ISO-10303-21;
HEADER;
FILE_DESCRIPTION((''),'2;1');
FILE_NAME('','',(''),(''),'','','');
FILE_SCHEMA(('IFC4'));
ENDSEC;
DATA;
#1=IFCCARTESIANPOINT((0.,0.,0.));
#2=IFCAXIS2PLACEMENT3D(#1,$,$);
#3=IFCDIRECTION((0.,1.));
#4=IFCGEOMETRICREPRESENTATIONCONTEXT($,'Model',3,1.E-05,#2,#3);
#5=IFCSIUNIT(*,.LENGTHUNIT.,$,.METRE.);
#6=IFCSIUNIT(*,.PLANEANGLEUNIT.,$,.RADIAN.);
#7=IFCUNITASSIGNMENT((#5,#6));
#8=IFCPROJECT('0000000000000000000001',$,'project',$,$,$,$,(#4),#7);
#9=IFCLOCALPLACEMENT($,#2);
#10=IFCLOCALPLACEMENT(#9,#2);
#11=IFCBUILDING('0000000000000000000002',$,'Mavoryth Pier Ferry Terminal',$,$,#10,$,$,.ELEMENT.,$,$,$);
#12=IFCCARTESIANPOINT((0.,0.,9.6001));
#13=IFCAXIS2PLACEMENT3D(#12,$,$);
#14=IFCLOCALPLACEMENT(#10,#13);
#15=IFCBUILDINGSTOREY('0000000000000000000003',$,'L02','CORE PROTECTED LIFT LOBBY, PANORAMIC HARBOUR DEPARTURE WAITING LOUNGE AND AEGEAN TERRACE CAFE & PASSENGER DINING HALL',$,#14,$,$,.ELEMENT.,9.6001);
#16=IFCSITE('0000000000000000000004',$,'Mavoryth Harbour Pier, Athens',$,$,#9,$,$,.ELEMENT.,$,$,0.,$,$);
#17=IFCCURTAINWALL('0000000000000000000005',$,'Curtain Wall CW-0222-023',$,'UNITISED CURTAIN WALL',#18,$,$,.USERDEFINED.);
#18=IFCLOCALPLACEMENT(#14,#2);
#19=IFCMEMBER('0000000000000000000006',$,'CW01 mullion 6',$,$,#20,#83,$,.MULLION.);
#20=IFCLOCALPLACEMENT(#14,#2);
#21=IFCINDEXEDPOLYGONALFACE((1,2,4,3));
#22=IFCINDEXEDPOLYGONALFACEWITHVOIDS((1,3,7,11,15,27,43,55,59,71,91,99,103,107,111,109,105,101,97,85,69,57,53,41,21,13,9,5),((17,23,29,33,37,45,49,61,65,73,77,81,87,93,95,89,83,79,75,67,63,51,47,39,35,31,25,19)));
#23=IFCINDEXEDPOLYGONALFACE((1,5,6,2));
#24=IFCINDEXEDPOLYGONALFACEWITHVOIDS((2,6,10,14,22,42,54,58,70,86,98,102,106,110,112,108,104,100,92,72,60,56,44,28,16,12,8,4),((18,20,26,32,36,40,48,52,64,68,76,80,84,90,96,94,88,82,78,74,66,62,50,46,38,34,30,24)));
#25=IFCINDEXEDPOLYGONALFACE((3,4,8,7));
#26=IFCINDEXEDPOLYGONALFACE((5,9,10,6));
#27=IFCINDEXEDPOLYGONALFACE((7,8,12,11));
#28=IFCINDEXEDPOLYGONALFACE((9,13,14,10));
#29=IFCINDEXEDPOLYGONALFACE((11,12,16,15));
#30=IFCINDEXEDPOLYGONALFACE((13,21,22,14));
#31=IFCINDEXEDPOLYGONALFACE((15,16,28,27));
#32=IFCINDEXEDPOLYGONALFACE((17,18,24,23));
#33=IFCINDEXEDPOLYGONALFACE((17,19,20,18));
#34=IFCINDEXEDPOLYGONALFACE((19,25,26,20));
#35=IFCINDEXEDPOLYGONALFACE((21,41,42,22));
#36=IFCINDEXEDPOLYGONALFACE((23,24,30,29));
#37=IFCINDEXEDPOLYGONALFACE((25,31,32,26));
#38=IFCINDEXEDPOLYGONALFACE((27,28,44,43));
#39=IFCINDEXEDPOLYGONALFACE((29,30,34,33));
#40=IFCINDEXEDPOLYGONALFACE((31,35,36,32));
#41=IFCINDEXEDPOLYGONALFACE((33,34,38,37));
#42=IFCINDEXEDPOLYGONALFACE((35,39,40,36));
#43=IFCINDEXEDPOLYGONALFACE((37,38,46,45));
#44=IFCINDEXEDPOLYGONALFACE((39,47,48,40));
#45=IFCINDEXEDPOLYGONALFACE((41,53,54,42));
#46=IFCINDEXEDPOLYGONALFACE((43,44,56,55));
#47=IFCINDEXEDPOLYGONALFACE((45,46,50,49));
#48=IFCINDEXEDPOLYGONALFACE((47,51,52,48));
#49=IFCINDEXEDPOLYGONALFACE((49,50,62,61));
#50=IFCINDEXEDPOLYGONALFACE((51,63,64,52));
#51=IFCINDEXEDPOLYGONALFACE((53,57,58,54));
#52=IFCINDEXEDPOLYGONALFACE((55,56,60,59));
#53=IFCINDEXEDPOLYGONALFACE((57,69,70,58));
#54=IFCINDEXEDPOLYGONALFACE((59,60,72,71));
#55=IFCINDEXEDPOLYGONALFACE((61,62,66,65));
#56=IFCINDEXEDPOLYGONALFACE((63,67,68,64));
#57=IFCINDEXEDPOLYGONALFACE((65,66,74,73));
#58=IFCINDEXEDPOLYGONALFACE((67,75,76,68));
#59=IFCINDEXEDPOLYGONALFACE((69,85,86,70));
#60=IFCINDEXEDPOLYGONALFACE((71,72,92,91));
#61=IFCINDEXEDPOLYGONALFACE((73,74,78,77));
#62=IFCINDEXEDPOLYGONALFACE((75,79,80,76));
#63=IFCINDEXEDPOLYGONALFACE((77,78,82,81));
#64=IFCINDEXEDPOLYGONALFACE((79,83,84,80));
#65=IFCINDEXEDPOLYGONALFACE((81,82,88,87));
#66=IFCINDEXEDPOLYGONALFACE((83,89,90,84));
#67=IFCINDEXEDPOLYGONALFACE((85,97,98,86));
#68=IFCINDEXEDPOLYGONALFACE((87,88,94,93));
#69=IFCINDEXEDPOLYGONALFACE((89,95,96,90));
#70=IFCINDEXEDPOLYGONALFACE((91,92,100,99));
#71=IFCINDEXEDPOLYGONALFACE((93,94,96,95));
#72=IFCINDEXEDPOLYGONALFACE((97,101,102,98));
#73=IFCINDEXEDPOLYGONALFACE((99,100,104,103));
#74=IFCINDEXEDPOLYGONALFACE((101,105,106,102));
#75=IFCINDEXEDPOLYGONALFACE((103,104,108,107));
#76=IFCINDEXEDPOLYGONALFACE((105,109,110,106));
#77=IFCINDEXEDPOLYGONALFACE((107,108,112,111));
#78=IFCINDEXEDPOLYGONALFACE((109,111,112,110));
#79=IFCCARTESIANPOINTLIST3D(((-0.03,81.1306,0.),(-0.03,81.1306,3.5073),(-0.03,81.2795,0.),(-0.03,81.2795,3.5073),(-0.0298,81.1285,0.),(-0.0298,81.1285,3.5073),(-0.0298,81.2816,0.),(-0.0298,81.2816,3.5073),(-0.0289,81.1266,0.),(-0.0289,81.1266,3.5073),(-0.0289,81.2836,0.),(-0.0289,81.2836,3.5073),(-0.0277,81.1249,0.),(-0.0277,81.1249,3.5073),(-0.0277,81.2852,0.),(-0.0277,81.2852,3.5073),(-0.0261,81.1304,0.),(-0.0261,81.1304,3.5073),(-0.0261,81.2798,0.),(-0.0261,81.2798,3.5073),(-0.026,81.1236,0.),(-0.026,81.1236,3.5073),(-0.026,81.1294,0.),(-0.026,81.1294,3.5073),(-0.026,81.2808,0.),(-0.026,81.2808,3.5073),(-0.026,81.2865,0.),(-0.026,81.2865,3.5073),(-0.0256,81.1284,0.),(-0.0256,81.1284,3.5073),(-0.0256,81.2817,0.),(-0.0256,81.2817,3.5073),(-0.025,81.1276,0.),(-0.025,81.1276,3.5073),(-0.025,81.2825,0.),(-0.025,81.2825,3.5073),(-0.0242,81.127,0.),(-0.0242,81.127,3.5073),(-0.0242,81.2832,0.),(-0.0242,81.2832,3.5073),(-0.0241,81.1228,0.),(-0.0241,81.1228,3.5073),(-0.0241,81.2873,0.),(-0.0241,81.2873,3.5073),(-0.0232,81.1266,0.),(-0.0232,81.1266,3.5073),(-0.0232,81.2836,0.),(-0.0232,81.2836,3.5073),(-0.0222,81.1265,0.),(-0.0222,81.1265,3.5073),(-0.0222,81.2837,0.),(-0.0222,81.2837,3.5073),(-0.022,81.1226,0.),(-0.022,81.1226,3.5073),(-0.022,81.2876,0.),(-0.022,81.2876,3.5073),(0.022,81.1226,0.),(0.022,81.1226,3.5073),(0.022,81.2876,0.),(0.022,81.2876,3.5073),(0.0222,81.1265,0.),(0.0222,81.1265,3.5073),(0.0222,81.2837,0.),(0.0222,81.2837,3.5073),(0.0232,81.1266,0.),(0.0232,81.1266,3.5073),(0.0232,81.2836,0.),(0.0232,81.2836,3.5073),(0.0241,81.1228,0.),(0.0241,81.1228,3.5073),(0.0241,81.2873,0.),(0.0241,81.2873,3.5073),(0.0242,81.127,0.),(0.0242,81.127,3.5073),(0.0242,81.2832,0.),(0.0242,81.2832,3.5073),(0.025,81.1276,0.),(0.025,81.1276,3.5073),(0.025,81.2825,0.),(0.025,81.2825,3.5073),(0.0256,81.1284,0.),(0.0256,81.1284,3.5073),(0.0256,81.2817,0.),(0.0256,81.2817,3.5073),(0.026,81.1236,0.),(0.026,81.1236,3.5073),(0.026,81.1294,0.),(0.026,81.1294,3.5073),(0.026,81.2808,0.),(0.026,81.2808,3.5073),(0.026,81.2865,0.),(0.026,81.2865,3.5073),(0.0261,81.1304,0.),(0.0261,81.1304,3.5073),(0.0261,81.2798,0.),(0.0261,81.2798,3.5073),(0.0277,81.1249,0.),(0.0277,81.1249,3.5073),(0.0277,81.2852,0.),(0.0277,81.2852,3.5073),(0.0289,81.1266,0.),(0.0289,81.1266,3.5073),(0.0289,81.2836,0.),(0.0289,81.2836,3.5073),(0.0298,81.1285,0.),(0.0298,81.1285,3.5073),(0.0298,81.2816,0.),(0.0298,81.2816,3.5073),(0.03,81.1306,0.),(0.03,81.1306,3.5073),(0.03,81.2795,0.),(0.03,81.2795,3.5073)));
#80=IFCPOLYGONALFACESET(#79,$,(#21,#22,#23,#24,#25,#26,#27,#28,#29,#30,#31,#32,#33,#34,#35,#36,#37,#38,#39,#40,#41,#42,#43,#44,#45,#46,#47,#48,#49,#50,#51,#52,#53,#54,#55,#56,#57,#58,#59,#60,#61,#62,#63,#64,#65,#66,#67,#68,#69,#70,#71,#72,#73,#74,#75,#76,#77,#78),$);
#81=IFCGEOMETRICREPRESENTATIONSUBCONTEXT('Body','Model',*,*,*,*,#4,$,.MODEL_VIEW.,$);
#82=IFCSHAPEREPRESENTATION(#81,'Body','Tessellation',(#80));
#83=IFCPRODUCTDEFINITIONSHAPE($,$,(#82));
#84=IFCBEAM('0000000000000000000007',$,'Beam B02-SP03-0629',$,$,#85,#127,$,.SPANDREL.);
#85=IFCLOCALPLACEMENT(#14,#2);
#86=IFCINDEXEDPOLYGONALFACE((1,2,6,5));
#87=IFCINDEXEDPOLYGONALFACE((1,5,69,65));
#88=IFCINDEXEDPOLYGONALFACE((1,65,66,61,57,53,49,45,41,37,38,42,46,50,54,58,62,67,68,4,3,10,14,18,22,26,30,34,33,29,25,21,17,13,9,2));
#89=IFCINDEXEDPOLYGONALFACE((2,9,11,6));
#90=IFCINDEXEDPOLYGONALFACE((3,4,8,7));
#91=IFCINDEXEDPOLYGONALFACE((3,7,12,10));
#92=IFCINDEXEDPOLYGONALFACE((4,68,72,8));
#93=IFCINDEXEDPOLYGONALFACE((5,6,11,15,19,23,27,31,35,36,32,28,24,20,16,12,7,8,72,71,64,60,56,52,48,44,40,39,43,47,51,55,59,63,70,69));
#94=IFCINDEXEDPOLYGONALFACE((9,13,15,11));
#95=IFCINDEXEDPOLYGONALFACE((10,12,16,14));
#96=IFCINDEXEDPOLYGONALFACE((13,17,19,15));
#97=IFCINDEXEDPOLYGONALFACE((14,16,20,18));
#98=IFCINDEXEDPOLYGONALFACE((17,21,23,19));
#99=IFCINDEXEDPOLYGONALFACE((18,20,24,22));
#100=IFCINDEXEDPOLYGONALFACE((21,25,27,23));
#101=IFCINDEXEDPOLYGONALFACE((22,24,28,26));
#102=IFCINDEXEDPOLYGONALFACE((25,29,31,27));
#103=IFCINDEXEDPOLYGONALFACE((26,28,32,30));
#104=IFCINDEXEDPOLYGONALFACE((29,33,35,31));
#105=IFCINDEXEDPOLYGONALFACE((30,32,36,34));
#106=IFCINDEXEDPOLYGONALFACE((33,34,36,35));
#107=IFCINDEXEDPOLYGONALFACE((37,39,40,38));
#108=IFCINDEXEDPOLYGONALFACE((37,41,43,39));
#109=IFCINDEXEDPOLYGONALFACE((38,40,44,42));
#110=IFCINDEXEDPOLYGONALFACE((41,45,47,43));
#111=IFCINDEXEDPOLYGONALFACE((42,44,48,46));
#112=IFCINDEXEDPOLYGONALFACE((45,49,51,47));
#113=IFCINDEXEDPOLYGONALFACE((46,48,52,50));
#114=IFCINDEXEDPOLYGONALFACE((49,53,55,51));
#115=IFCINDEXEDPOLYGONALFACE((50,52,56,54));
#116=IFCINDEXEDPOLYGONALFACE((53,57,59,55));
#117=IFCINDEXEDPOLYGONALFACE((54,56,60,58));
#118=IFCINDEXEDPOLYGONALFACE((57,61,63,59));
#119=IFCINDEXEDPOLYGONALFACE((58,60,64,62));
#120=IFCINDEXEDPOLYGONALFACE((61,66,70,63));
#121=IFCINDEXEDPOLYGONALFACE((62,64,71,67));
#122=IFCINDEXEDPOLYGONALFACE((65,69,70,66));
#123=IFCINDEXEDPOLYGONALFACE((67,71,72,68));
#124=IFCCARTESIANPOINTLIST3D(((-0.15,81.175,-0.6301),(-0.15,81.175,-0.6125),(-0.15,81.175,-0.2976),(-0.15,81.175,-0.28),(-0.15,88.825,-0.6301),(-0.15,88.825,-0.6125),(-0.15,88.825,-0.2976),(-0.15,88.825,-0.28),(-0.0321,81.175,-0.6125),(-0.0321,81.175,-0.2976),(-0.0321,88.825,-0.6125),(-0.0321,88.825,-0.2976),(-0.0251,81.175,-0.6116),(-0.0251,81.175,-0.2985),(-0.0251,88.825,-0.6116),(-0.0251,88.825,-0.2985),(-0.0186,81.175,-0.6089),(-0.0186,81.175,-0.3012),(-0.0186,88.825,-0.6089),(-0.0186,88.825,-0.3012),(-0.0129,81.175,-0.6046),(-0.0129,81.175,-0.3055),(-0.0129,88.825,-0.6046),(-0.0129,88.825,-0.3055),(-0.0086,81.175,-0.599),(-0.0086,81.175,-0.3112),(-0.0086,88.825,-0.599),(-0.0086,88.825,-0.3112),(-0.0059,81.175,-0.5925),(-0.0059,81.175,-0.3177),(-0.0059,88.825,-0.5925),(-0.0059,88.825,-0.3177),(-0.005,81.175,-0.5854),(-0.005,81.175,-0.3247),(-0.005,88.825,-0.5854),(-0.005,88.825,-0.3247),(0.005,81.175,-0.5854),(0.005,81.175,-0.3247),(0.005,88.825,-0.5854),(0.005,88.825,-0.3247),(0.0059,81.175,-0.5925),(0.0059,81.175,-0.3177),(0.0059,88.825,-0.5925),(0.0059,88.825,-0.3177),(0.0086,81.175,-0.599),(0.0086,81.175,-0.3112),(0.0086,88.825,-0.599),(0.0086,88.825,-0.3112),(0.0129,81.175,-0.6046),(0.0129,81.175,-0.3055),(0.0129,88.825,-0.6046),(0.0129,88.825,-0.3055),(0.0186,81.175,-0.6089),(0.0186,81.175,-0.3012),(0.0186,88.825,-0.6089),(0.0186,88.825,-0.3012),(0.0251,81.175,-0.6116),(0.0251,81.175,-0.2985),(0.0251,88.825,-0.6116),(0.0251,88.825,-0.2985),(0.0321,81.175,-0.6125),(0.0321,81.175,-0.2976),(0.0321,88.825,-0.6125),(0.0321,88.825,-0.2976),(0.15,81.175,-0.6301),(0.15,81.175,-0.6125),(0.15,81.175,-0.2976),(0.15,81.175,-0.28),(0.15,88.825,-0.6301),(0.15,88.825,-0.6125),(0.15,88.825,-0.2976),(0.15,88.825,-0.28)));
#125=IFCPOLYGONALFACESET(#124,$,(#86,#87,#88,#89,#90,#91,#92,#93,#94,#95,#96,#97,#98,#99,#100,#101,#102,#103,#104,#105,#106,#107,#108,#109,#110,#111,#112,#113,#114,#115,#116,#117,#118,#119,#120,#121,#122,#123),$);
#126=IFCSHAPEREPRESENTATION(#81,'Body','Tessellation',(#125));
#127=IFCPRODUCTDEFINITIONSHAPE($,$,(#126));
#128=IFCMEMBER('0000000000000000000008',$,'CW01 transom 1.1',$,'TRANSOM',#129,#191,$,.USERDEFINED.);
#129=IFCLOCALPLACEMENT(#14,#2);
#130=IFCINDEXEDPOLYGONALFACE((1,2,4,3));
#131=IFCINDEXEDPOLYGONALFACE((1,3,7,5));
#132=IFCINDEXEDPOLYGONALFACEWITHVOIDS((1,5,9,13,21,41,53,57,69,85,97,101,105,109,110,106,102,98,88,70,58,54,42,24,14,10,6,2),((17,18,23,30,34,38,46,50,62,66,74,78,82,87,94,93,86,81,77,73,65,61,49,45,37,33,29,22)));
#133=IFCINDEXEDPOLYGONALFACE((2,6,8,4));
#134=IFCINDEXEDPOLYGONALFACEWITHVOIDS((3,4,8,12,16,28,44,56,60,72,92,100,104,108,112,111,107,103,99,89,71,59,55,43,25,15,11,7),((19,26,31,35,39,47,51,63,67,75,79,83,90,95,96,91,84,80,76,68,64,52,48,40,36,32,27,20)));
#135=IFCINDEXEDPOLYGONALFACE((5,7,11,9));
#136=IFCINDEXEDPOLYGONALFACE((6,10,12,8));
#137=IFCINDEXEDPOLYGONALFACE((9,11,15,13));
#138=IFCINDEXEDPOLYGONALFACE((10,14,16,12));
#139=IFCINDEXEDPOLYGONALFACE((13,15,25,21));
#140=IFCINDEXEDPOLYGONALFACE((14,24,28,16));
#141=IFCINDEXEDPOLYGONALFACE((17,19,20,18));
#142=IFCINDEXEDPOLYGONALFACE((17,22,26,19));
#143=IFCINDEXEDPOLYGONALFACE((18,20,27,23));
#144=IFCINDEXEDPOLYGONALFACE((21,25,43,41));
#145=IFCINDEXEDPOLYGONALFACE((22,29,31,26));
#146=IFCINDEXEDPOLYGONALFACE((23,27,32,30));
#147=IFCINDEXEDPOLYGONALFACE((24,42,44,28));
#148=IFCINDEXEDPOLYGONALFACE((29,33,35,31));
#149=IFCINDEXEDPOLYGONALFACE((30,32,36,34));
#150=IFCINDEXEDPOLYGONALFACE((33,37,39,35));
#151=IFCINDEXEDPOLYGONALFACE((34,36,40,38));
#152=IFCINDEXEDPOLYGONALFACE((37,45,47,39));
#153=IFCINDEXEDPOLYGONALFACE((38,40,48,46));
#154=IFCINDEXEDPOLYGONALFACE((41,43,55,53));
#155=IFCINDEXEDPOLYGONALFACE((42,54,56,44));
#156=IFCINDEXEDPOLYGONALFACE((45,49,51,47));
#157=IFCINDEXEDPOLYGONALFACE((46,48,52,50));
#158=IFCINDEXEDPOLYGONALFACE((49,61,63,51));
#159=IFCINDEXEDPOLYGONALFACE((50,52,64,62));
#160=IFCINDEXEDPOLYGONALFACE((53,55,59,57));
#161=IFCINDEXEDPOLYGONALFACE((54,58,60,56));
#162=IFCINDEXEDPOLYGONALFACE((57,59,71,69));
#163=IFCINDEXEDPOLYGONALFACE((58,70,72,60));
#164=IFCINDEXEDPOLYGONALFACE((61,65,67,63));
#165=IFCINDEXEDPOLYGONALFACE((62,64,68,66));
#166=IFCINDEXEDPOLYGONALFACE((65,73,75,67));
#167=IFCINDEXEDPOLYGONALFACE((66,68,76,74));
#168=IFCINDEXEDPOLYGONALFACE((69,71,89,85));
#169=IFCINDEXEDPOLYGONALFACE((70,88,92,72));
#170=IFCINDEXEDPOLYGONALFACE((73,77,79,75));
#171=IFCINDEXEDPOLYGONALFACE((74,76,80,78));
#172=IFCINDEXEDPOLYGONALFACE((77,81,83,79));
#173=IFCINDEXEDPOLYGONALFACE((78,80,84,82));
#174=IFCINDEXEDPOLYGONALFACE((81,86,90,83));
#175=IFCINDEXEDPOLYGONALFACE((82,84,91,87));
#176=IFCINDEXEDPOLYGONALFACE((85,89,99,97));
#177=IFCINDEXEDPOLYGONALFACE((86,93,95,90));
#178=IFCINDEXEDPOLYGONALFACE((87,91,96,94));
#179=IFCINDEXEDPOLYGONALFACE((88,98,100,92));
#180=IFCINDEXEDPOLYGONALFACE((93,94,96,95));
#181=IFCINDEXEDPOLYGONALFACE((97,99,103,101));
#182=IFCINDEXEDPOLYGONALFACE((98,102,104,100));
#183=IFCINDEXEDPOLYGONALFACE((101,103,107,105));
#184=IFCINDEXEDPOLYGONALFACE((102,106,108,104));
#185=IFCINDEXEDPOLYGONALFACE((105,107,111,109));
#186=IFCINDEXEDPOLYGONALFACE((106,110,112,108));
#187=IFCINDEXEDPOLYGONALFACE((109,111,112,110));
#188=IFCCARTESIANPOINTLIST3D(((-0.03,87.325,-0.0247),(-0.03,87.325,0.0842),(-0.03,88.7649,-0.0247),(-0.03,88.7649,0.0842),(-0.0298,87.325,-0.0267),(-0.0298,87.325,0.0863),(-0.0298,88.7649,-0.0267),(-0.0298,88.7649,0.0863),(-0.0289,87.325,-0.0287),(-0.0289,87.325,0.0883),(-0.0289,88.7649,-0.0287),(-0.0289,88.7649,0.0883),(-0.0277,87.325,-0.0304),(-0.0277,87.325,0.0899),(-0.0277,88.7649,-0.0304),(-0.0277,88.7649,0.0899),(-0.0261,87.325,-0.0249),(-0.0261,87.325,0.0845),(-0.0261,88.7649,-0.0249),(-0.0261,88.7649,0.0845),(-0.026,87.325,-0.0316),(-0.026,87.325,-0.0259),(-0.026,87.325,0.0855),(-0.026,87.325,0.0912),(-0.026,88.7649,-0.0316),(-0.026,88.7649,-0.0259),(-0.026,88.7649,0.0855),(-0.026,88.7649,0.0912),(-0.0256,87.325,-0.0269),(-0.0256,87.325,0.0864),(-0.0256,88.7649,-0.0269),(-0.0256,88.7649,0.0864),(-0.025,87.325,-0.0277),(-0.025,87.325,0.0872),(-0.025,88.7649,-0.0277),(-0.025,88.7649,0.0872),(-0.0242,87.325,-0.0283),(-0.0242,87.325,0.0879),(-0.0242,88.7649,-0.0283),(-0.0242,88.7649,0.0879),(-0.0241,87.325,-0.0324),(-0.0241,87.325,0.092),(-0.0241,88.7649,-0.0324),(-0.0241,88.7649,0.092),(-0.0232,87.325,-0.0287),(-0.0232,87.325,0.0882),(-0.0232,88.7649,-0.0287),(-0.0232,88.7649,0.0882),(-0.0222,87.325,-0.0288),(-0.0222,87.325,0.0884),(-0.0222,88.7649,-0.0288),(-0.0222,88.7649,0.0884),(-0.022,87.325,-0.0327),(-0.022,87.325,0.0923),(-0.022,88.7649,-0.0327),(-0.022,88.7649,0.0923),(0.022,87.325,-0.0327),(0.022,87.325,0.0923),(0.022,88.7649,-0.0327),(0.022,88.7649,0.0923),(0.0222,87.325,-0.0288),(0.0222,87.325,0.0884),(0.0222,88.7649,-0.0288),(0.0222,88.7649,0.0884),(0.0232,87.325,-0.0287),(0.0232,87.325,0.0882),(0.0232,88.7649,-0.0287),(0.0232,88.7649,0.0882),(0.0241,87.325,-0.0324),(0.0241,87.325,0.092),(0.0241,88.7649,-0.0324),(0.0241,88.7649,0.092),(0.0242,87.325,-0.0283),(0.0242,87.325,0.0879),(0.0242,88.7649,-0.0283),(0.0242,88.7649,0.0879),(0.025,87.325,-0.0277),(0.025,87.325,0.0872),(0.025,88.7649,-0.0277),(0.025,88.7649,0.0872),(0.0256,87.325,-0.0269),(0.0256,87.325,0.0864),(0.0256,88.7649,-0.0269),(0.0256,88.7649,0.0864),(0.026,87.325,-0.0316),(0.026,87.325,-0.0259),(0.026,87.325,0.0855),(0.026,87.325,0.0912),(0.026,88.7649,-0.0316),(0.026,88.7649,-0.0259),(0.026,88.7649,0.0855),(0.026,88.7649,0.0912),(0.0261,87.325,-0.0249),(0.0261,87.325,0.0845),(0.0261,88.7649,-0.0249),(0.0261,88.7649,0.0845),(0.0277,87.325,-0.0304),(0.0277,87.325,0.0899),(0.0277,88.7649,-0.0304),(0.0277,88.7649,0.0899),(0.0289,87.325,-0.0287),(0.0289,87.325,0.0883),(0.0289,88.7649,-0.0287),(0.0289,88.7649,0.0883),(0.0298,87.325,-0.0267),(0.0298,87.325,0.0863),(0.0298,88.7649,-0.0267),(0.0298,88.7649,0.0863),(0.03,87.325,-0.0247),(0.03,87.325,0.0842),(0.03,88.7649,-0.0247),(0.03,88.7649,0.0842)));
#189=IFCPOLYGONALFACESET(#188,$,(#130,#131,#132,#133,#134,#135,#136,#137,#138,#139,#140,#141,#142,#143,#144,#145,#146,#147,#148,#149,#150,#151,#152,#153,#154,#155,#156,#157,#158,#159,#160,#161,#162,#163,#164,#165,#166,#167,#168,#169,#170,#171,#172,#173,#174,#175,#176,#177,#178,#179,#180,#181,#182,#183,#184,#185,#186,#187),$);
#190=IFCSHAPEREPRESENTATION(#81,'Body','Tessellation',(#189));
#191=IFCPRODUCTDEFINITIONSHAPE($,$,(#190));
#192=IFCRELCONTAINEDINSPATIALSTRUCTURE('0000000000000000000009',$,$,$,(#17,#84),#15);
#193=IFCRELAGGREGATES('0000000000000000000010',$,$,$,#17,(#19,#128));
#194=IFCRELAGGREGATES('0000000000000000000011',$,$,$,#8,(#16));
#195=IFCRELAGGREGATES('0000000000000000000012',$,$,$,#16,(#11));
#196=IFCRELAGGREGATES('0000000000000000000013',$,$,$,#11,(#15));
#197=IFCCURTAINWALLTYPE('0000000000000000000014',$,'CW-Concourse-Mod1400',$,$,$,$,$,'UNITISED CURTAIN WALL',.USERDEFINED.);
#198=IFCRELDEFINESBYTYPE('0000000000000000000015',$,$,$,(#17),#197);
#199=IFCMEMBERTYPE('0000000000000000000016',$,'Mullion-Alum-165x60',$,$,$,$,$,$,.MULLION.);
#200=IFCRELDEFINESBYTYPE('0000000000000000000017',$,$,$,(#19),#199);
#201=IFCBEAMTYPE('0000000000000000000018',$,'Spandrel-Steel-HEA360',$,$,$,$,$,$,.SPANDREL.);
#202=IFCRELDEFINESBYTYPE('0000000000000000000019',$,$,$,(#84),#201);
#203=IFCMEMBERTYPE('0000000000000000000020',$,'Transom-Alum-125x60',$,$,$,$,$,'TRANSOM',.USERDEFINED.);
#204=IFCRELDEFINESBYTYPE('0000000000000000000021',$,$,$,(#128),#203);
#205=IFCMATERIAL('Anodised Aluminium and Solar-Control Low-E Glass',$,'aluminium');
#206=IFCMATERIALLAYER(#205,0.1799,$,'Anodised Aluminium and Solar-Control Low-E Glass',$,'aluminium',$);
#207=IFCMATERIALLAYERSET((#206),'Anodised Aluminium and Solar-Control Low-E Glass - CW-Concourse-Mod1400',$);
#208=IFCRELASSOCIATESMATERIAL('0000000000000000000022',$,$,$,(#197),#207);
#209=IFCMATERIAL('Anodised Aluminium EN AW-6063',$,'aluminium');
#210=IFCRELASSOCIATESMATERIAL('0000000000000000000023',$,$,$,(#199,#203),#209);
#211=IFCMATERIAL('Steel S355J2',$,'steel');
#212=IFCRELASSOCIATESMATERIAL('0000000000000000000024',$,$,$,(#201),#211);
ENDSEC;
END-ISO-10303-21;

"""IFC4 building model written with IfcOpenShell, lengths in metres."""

from ifc_helpers import new_model, si_unit, direction, frame, origin, origin_2d, place, context, subcontext, project, spatial, hollow_rectangle, i_section, extrude, material, layer, layer_set, material_profile, profile_set, type_object, element, aggregate, save


model = new_model("IFC4")

# Units and contexts
model_context = context("Model", 3, precision=1e-05, world=origin(), true_north=direction((0.0, 1.0)))
body_context = subcontext(model_context, "Body", "Model", "MODEL_VIEW")
ifc_project = project(units=[si_unit("LENGTHUNIT", "METRE"), si_unit("PLANEANGLEUNIT", "RADIAN")], contexts=[model_context])

# Site, building, storey
site_placement = place(None, origin())
site = spatial("IfcSite", under=ifc_project, at=site_placement, Name="Mavoryth Harbour Pier, Athens", CompositionType="ELEMENT", RefElevation=0.0)
building_placement = place(site_placement, origin())
building = spatial("IfcBuilding", under=site, at=building_placement, Name="Mavoryth Pier Ferry Terminal", CompositionType="ELEMENT")
storey_placement = place(building_placement, frame((0.0, 0.0, 9.6001)))
storey = spatial("IfcBuildingStorey", under=building, at=storey_placement, Name="L02", Description="CORE PROTECTED LIFT LOBBY, PANORAMIC HARBOUR DEPARTURE WAITING LOUNGE AND AEGEAN TERRACE CAFE & PASSENGER DINING HALL", CompositionType="ELEMENT", Elevation=9.6001)

# Curtain wall, member
ifc_material_1 = material(Name="Anodised Aluminium and Solar-Control Low-E Glass", Category="aluminium")
ifc_layer_1 = layer(ifc_material_1, 0.1799, Name="Anodised Aluminium and Solar-Control Low-E Glass", Category="aluminium")
ifc_layer_set_1 = layer_set([ifc_layer_1], Name="Anodised Aluminium and Solar-Control Low-E Glass - CW-Concourse-Mod1400")
curtain_wall_type = type_object("IfcCurtainWallType", Name="CW-Concourse-Mod1400", ElementType="UNITISED CURTAIN WALL", PredefinedType="USERDEFINED", material=ifc_layer_set_1)
curtain_wall_placement = place(storey_placement, origin())
curtain_wall = element("IfcCurtainWall", 1, at=curtain_wall_placement, inside=storey, type_object=curtain_wall_type, Name="Curtain Wall CW-0222-023", ObjectType="UNITISED CURTAIN WALL", PredefinedType="USERDEFINED")
ifc_material_2 = material(Name="Anodised Aluminium EN AW-6063", Category="aluminium")
ifc_material_profile_1 = material_profile(ifc_material_2, hollow_rectangle(XDim=0.0601, YDim=0.165, WallThickness=0.0039, InnerFilletRadius=0.0039, OuterFilletRadius=0.0081, at=origin_2d()), Name="AL-MULL 165x60x4", Category="aluminium")
ifc_profile_set_1 = profile_set([ifc_material_profile_1], Name="Anodised Aluminium EN AW-6063 - AL-MULL 165x60x4")
member_type_1 = type_object("IfcMemberType", Name="Mullion-Alum-165x60", PredefinedType="MULLION", material=ifc_profile_set_1)
member_1_placement = place(storey_placement, frame((0.0, 81.2051, 0.0), z_axis=(0.0, 0.0, 1.0), x_axis=(1.0, 0.0, 0.0)))
member_1 = element("IfcMember", 2, at=member_1_placement, type_object=member_type_1, Name="CW01 mullion 6", PredefinedType="MULLION", context=body_context, shape_type="SweptSolid", body=[
    extrude(hollow_rectangle(XDim=0.0601, YDim=0.165, WallThickness=0.0039, InnerFilletRadius=0.0039, OuterFilletRadius=0.0081, at=origin_2d()), origin(), (0.0, 0.0, 1.0), 3.5073),
])

# Beam
ifc_material_3 = material(Name="Steel S355J2", Category="steel")
ifc_material_profile_2 = material_profile(ifc_material_3, i_section(OverallWidth=0.3, OverallDepth=0.3501, WebThickness=0.01, FlangeThickness=0.0176, FilletRadius=0.0271, at=origin_2d()), Name="HEA 360", Category="steel")
ifc_profile_set_2 = profile_set([ifc_material_profile_2], Name="Steel S355J2 - HEA 360")
beam_type = type_object("IfcBeamType", Name="Spandrel-Steel-HEA360", PredefinedType="SPANDREL", material=ifc_profile_set_2)
beam_placement = place(storey_placement, frame((0.0, 81.175, -0.4551), z_axis=(0.0, 1.0, 0.0), x_axis=(-1.0, 0.0, 0.0)))
element("IfcBeam", 3, at=beam_placement, inside=storey, type_object=beam_type, Name="Beam B02-SP03-0629", PredefinedType="SPANDREL", context=body_context, shape_type="SweptSolid", body=[
    extrude(i_section(OverallWidth=0.3, OverallDepth=0.3501, WebThickness=0.01, FlangeThickness=0.0176, FilletRadius=0.0271, at=origin_2d()), origin(), (0.0, 0.0, 1.0), 7.6499),
])

# Member
ifc_material_profile_3 = material_profile(ifc_material_2, hollow_rectangle(XDim=0.0601, YDim=0.125, WallThickness=0.0039, InnerFilletRadius=0.0039, OuterFilletRadius=0.0081, at=origin_2d()), Name="AL-TRAN 125x60x4", Category="aluminium")
ifc_profile_set_3 = profile_set([ifc_material_profile_3], Name="Anodised Aluminium EN AW-6063 - AL-TRAN 125x60x4")
member_type_2 = type_object("IfcMemberType", Name="Transom-Alum-125x60", ElementType="TRANSOM", PredefinedType="USERDEFINED", material=ifc_profile_set_3)
member_2_placement = place(storey_placement, frame((0.0, 88.7649, 0.0298), z_axis=(0.0, -1.0, 0.0), x_axis=(1.0, 0.0, 0.0)))
member_2 = element("IfcMember", 4, at=member_2_placement, type_object=member_type_2, Name="CW01 transom 1.1", ObjectType="TRANSOM", PredefinedType="USERDEFINED", context=body_context, shape_type="SweptSolid", body=[
    extrude(hollow_rectangle(XDim=0.0601, YDim=0.125, WallThickness=0.0039, InnerFilletRadius=0.0039, OuterFilletRadius=0.0081, at=origin_2d()), origin(), (0.0, 0.0, 1.0), 1.4399),
])

aggregate(curtain_wall, [member_1, member_2])

save(model, "model.ifc")
